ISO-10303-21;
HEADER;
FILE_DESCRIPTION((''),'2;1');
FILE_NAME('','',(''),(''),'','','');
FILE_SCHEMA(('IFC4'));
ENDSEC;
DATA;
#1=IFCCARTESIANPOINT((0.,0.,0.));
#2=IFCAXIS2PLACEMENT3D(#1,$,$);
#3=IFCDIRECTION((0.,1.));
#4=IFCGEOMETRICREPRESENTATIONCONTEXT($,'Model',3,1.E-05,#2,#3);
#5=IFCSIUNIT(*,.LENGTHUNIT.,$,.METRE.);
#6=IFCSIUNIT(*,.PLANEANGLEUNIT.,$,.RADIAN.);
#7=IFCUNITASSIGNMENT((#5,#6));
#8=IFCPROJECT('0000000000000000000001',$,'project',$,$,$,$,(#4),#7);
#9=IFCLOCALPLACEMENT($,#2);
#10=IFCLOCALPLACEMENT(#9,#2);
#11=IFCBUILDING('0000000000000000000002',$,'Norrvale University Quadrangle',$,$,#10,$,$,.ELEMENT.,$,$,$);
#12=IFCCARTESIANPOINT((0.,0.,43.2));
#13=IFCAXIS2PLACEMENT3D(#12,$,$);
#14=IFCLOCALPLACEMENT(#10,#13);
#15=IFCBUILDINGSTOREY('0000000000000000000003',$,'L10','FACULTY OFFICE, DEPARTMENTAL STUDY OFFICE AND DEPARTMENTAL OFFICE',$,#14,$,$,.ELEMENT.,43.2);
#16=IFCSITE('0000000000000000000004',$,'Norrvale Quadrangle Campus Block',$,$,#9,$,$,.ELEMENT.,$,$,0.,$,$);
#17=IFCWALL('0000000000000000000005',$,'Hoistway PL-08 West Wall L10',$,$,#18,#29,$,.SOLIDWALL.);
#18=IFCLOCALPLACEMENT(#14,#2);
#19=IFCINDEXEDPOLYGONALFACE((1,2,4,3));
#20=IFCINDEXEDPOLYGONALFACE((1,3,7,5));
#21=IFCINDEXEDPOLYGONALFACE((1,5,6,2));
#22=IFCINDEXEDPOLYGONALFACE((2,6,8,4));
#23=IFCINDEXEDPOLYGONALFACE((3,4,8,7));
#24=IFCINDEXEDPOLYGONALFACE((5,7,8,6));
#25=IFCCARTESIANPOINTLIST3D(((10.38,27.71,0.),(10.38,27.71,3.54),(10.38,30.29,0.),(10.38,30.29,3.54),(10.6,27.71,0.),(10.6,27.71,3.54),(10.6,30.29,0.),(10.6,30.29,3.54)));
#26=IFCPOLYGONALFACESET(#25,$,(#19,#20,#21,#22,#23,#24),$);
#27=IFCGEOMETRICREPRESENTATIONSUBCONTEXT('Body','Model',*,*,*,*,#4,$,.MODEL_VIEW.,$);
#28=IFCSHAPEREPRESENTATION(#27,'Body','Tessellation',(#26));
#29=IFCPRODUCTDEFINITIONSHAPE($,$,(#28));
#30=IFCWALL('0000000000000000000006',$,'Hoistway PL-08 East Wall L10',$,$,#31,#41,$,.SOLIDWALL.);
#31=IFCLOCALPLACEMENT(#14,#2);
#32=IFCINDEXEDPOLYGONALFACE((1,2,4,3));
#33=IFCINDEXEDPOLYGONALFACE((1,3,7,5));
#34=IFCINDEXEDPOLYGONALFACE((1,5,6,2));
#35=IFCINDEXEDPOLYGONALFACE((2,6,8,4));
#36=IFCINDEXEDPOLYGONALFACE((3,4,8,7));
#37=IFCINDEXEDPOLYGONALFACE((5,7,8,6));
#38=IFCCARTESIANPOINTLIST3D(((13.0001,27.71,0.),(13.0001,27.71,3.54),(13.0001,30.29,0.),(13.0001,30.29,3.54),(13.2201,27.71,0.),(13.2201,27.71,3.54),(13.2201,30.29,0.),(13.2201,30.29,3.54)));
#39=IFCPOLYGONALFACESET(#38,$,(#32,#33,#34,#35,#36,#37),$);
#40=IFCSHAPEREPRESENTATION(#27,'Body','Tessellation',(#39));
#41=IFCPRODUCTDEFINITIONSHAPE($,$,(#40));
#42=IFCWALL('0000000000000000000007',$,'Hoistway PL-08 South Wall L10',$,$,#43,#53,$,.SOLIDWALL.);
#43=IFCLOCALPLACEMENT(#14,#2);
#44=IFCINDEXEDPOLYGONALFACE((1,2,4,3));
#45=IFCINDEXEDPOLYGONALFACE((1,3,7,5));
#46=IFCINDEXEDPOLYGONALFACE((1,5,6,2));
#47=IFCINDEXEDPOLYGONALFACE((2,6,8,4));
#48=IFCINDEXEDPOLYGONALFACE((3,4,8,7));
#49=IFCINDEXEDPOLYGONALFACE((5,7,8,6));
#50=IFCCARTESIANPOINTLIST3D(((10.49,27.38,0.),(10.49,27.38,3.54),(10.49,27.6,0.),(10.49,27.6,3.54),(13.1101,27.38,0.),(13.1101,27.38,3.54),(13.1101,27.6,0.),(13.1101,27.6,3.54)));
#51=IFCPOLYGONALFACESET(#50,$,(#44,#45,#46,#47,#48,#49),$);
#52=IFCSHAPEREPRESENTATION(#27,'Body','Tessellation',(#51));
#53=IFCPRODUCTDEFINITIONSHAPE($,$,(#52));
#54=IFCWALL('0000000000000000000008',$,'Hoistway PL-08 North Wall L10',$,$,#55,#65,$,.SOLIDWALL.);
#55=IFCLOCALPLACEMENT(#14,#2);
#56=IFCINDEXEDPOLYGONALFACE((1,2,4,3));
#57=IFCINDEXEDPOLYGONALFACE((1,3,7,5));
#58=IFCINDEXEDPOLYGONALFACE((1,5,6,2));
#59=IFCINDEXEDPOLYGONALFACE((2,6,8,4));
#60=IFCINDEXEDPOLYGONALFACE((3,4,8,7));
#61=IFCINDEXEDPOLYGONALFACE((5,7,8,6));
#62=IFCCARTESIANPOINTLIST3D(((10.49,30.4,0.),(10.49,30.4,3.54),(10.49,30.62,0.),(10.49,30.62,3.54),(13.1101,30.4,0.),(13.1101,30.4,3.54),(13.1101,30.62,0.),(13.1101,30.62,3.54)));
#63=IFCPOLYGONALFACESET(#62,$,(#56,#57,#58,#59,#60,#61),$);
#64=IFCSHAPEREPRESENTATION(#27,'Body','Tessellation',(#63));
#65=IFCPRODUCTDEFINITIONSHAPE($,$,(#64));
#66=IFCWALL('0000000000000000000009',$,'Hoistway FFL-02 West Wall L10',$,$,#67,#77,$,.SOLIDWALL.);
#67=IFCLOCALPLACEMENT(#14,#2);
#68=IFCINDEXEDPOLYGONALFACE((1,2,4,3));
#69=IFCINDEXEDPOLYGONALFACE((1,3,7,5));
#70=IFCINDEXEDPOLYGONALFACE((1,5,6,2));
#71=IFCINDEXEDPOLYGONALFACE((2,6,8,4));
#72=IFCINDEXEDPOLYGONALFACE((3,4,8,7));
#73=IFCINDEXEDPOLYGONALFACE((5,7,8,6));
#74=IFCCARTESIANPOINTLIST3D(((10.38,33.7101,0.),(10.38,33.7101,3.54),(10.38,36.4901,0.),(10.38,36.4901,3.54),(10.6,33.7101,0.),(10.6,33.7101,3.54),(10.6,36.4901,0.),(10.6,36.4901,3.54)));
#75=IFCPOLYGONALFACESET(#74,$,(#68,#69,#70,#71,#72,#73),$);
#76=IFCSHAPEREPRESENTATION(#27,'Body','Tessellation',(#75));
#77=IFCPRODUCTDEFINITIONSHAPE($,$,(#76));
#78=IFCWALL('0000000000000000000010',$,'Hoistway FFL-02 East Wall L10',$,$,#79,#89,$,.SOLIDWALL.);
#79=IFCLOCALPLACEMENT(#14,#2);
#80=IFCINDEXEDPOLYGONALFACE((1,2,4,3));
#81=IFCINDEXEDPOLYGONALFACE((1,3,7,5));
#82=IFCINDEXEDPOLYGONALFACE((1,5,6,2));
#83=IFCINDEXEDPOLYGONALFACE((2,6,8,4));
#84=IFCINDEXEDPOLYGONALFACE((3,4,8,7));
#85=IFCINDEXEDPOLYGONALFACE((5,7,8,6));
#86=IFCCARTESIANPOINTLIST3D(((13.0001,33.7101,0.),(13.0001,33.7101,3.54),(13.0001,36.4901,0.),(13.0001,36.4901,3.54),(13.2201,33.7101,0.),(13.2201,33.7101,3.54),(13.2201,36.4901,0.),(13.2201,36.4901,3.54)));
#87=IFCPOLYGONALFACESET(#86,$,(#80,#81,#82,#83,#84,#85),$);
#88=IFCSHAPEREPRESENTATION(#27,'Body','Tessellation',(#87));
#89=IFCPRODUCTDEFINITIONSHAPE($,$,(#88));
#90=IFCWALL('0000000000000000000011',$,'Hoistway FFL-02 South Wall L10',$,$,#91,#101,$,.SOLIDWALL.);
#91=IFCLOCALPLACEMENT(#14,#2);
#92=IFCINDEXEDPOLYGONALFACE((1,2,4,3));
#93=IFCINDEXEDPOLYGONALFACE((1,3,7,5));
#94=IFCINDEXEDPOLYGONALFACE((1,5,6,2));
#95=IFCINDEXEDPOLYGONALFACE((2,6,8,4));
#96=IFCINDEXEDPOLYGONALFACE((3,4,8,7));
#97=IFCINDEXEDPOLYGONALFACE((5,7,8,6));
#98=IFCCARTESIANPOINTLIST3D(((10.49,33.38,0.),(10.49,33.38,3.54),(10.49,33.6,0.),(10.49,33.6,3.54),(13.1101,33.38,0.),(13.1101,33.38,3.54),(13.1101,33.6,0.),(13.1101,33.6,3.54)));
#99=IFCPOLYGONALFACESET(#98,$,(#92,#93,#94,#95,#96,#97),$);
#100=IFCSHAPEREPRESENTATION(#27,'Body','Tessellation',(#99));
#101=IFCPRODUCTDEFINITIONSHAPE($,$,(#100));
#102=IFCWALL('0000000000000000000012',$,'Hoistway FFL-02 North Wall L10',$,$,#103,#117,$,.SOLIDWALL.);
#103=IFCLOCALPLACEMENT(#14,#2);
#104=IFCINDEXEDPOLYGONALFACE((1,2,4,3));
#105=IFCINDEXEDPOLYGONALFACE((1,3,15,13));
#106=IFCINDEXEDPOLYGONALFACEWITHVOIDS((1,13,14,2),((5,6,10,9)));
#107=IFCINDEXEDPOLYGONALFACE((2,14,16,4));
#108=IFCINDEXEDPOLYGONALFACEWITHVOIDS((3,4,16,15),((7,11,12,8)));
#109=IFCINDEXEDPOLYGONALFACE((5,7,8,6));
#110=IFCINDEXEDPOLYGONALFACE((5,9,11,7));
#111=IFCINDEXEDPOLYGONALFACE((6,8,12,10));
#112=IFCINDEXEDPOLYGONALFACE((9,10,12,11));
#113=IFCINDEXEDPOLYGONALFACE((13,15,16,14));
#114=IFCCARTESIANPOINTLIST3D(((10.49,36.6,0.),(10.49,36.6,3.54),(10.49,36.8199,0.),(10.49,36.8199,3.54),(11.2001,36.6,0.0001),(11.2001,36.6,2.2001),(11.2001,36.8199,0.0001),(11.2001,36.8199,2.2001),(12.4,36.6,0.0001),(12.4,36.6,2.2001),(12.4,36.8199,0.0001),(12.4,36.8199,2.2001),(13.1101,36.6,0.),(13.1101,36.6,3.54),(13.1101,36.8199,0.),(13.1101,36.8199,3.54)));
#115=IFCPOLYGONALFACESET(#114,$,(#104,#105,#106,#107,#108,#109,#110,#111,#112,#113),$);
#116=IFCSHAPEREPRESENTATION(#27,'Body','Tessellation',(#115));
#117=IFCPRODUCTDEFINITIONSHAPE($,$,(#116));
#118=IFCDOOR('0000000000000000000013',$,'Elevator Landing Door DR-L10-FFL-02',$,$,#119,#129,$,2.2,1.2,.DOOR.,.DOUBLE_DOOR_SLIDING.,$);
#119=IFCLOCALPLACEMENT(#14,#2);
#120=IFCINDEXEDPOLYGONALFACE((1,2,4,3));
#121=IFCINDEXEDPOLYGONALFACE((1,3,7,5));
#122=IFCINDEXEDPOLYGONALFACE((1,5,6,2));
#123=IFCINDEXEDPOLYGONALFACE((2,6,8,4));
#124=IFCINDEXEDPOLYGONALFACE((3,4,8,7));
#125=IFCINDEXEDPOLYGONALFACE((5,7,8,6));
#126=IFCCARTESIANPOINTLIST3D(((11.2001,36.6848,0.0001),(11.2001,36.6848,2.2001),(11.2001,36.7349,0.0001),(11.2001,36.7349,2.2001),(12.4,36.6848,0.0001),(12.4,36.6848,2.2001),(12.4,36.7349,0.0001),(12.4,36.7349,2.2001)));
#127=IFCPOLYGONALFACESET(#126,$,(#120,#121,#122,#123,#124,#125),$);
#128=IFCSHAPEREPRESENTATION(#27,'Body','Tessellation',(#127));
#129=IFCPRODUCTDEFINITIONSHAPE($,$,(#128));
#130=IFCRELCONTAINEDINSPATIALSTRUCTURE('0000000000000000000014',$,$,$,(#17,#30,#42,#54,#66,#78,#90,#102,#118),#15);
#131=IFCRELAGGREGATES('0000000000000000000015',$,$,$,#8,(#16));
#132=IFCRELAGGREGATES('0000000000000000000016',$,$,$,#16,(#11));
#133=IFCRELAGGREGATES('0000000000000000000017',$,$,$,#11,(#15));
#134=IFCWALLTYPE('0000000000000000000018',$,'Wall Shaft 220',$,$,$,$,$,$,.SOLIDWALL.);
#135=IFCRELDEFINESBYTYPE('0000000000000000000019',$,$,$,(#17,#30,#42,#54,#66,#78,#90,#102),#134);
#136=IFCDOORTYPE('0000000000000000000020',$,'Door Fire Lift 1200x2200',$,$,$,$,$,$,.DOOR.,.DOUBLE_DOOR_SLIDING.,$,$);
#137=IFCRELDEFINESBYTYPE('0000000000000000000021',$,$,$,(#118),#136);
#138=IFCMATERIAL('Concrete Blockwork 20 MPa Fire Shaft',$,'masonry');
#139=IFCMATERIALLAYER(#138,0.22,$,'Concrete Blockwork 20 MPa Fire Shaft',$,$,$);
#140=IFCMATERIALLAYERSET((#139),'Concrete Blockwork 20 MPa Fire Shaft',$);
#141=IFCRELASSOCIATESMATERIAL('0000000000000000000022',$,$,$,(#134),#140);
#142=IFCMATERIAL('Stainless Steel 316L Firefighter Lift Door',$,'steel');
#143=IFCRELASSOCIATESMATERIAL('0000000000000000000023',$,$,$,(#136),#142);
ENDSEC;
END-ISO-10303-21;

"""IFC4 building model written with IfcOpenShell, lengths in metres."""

from ifc_helpers import new_model, si_unit, direction, frame, frame_2d, origin, place, context, subcontext, project, spatial, rectangle, extrude, material, layer, layer_set, type_object, element, fill, save


model = new_model("IFC4")

# Units and contexts
model_context = context("Model", 3, precision=1e-05, world=origin(), true_north=direction((0.0, 1.0)))
body_context = subcontext(model_context, "Body", "Model", "MODEL_VIEW")
ifc_project = project(units=[si_unit("LENGTHUNIT", "METRE"), si_unit("PLANEANGLEUNIT", "RADIAN")], contexts=[model_context])

# Site, building, storey
site_placement = place(None, origin())
site = spatial("IfcSite", under=ifc_project, at=site_placement, Name="Norrvale Quadrangle Campus Block", CompositionType="ELEMENT", RefElevation=0.0)
building_placement = place(site_placement, origin())
building = spatial("IfcBuilding", under=site, at=building_placement, Name="Norrvale University Quadrangle", CompositionType="ELEMENT")
storey_placement = place(building_placement, frame((0.0, 0.0, 43.2)))
storey = spatial("IfcBuildingStorey", under=building, at=storey_placement, Name="L10", Description="FACULTY OFFICE, DEPARTMENTAL STUDY OFFICE AND DEPARTMENTAL OFFICE", CompositionType="ELEMENT", Elevation=43.2)

# Walls
ifc_material_1 = material(Name="Concrete Blockwork 20 MPa Fire Shaft", Category="masonry")
ifc_layer_1 = layer(ifc_material_1, 0.22, Name="Concrete Blockwork 20 MPa Fire Shaft")
ifc_layer_set_1 = layer_set([ifc_layer_1], Name="Concrete Blockwork 20 MPa Fire Shaft")
wall_type_1 = type_object("IfcWallType", Name="Wall Shaft 220", PredefinedType="SOLIDWALL", material=ifc_layer_set_1)
for number, where, z_axis, x_axis, name in (
    (1, (10.49, 27.71, 0.0), (0.0, 0.0, 1.0), (0.0, 1.0, 0.0), "Hoistway PL-08 West Wall L10"),
    (2, (13.1101, 27.71, 0.0), (0.0, 0.0, 1.0), (0.0, 1.0, 0.0), "Hoistway PL-08 East Wall L10"),
):
    element("IfcWall", number, at=place(storey_placement, frame(where, z_axis=z_axis, x_axis=x_axis)), inside=storey, type_object=wall_type_1, Name=name, PredefinedType="SOLIDWALL", context=body_context, shape_type="SweptSolid", body=[
        extrude(rectangle(XDim=2.5801, YDim=0.22, at=frame_2d((1.29, 0.0))), origin(), (0.0, 0.0, 1.0), 3.54),
    ])
for number, where, z_axis, x_axis, name in (
    (3, (10.49, 27.49, 0.0), (0.0, 0.0, 1.0), (1.0, 0.0, 0.0), "Hoistway PL-08 South Wall L10"),
    (4, (10.49, 30.51, 0.0), (0.0, 0.0, 1.0), (1.0, 0.0, 0.0), "Hoistway PL-08 North Wall L10"),
):
    element("IfcWall", number, at=place(storey_placement, frame(where, z_axis=z_axis, x_axis=x_axis)), inside=storey, type_object=wall_type_1, Name=name, PredefinedType="SOLIDWALL", context=body_context, shape_type="SweptSolid", body=[
        extrude(rectangle(XDim=2.6201, YDim=0.22, at=frame_2d((1.3101, 0.0))), origin(), (0.0, 0.0, 1.0), 3.54),
    ])
for number, where, z_axis, x_axis, name in (
    (5, (10.49, 33.71, 0.0), (0.0, 0.0, 1.0), (0.0, 1.0, 0.0), "Hoistway FFL-02 West Wall L10"),
    (6, (13.1101, 33.71, 0.0), (0.0, 0.0, 1.0), (0.0, 1.0, 0.0), "Hoistway FFL-02 East Wall L10"),
):
    element("IfcWall", number, at=place(storey_placement, frame(where, z_axis=z_axis, x_axis=x_axis)), inside=storey, type_object=wall_type_1, Name=name, PredefinedType="SOLIDWALL", context=body_context, shape_type="SweptSolid", body=[
        extrude(rectangle(XDim=2.78, YDim=0.22, at=frame_2d((1.3901, 0.0))), origin(), (0.0, 0.0, 1.0), 3.54),
    ])
wall_1_placement = place(storey_placement, frame((10.49, 33.49, 0.0), z_axis=(0.0, 0.0, 1.0), x_axis=(1.0, 0.0, 0.0)))
element("IfcWall", 7, at=wall_1_placement, inside=storey, type_object=wall_type_1, Name="Hoistway FFL-02 South Wall L10", PredefinedType="SOLIDWALL", context=body_context, shape_type="SweptSolid", body=[
    extrude(rectangle(XDim=2.6201, YDim=0.22, at=frame_2d((1.3101, 0.0))), origin(), (0.0, 0.0, 1.0), 3.54),
])

# Wall, opening, door
wall_2_placement = place(storey_placement, frame((10.49, 36.71, 0.0), z_axis=(0.0, 0.0, 1.0), x_axis=(1.0, 0.0, 0.0)))
wall_2 = element("IfcWall", 8, at=wall_2_placement, inside=storey, type_object=wall_type_1, Name="Hoistway FFL-02 North Wall L10", PredefinedType="SOLIDWALL", context=body_context, shape_type="SweptSolid", body=[
    extrude(rectangle(XDim=2.6201, YDim=0.22, at=frame_2d((1.3101, 0.0))), origin(), (0.0, 0.0, 1.0), 3.54),
])
opening_1_placement = place(wall_2_placement, frame((0.71, 0.0, 0.0)))
opening_1 = element("IfcOpeningElement", 9, at=opening_1_placement, cuts=wall_2, PredefinedType="OPENING", context=body_context, shape_type="SweptSolid", body=[
    extrude(rectangle(XDim=1.2, YDim=2.2, at=frame_2d((0.6001, 1.1001))), frame((0.0, 0.1221, 0.0), z_axis=(0.0, -1.0, 0.0), x_axis=(1.0, 0.0, 0.0)), (0.0, 0.0, 1.0), 0.2439),
])
ifc_material_2 = material(Name="Stainless Steel 316L Firefighter Lift Door", Category="steel")
door_type_1 = type_object("IfcDoorType", Name="Door Fire Lift 1200x2200", OperationType="DOUBLE_DOOR_SLIDING", PredefinedType="DOOR", material=ifc_material_2)
door_1_placement = place(opening_1_placement, origin())
door_1 = element("IfcDoor", 10, at=door_1_placement, inside=storey, type_object=door_type_1, Name="Elevator Landing Door DR-L10-FFL-02", OperationType="DOUBLE_DOOR_SLIDING", OverallHeight=2.2, OverallWidth=1.2, PredefinedType="DOOR", context=body_context, shape_type="SweptSolid", body=[
    extrude(rectangle(XDim=1.2, YDim=2.2, at=frame_2d((0.6001, 1.1001))), frame((0.0, 0.0249, 0.0), z_axis=(0.0, -1.0, 0.0), x_axis=(1.0, 0.0, 0.0)), (0.0, 0.0, 1.0), 0.05),
])
fill(opening_1, door_1)

save(model, "model.ifc")
